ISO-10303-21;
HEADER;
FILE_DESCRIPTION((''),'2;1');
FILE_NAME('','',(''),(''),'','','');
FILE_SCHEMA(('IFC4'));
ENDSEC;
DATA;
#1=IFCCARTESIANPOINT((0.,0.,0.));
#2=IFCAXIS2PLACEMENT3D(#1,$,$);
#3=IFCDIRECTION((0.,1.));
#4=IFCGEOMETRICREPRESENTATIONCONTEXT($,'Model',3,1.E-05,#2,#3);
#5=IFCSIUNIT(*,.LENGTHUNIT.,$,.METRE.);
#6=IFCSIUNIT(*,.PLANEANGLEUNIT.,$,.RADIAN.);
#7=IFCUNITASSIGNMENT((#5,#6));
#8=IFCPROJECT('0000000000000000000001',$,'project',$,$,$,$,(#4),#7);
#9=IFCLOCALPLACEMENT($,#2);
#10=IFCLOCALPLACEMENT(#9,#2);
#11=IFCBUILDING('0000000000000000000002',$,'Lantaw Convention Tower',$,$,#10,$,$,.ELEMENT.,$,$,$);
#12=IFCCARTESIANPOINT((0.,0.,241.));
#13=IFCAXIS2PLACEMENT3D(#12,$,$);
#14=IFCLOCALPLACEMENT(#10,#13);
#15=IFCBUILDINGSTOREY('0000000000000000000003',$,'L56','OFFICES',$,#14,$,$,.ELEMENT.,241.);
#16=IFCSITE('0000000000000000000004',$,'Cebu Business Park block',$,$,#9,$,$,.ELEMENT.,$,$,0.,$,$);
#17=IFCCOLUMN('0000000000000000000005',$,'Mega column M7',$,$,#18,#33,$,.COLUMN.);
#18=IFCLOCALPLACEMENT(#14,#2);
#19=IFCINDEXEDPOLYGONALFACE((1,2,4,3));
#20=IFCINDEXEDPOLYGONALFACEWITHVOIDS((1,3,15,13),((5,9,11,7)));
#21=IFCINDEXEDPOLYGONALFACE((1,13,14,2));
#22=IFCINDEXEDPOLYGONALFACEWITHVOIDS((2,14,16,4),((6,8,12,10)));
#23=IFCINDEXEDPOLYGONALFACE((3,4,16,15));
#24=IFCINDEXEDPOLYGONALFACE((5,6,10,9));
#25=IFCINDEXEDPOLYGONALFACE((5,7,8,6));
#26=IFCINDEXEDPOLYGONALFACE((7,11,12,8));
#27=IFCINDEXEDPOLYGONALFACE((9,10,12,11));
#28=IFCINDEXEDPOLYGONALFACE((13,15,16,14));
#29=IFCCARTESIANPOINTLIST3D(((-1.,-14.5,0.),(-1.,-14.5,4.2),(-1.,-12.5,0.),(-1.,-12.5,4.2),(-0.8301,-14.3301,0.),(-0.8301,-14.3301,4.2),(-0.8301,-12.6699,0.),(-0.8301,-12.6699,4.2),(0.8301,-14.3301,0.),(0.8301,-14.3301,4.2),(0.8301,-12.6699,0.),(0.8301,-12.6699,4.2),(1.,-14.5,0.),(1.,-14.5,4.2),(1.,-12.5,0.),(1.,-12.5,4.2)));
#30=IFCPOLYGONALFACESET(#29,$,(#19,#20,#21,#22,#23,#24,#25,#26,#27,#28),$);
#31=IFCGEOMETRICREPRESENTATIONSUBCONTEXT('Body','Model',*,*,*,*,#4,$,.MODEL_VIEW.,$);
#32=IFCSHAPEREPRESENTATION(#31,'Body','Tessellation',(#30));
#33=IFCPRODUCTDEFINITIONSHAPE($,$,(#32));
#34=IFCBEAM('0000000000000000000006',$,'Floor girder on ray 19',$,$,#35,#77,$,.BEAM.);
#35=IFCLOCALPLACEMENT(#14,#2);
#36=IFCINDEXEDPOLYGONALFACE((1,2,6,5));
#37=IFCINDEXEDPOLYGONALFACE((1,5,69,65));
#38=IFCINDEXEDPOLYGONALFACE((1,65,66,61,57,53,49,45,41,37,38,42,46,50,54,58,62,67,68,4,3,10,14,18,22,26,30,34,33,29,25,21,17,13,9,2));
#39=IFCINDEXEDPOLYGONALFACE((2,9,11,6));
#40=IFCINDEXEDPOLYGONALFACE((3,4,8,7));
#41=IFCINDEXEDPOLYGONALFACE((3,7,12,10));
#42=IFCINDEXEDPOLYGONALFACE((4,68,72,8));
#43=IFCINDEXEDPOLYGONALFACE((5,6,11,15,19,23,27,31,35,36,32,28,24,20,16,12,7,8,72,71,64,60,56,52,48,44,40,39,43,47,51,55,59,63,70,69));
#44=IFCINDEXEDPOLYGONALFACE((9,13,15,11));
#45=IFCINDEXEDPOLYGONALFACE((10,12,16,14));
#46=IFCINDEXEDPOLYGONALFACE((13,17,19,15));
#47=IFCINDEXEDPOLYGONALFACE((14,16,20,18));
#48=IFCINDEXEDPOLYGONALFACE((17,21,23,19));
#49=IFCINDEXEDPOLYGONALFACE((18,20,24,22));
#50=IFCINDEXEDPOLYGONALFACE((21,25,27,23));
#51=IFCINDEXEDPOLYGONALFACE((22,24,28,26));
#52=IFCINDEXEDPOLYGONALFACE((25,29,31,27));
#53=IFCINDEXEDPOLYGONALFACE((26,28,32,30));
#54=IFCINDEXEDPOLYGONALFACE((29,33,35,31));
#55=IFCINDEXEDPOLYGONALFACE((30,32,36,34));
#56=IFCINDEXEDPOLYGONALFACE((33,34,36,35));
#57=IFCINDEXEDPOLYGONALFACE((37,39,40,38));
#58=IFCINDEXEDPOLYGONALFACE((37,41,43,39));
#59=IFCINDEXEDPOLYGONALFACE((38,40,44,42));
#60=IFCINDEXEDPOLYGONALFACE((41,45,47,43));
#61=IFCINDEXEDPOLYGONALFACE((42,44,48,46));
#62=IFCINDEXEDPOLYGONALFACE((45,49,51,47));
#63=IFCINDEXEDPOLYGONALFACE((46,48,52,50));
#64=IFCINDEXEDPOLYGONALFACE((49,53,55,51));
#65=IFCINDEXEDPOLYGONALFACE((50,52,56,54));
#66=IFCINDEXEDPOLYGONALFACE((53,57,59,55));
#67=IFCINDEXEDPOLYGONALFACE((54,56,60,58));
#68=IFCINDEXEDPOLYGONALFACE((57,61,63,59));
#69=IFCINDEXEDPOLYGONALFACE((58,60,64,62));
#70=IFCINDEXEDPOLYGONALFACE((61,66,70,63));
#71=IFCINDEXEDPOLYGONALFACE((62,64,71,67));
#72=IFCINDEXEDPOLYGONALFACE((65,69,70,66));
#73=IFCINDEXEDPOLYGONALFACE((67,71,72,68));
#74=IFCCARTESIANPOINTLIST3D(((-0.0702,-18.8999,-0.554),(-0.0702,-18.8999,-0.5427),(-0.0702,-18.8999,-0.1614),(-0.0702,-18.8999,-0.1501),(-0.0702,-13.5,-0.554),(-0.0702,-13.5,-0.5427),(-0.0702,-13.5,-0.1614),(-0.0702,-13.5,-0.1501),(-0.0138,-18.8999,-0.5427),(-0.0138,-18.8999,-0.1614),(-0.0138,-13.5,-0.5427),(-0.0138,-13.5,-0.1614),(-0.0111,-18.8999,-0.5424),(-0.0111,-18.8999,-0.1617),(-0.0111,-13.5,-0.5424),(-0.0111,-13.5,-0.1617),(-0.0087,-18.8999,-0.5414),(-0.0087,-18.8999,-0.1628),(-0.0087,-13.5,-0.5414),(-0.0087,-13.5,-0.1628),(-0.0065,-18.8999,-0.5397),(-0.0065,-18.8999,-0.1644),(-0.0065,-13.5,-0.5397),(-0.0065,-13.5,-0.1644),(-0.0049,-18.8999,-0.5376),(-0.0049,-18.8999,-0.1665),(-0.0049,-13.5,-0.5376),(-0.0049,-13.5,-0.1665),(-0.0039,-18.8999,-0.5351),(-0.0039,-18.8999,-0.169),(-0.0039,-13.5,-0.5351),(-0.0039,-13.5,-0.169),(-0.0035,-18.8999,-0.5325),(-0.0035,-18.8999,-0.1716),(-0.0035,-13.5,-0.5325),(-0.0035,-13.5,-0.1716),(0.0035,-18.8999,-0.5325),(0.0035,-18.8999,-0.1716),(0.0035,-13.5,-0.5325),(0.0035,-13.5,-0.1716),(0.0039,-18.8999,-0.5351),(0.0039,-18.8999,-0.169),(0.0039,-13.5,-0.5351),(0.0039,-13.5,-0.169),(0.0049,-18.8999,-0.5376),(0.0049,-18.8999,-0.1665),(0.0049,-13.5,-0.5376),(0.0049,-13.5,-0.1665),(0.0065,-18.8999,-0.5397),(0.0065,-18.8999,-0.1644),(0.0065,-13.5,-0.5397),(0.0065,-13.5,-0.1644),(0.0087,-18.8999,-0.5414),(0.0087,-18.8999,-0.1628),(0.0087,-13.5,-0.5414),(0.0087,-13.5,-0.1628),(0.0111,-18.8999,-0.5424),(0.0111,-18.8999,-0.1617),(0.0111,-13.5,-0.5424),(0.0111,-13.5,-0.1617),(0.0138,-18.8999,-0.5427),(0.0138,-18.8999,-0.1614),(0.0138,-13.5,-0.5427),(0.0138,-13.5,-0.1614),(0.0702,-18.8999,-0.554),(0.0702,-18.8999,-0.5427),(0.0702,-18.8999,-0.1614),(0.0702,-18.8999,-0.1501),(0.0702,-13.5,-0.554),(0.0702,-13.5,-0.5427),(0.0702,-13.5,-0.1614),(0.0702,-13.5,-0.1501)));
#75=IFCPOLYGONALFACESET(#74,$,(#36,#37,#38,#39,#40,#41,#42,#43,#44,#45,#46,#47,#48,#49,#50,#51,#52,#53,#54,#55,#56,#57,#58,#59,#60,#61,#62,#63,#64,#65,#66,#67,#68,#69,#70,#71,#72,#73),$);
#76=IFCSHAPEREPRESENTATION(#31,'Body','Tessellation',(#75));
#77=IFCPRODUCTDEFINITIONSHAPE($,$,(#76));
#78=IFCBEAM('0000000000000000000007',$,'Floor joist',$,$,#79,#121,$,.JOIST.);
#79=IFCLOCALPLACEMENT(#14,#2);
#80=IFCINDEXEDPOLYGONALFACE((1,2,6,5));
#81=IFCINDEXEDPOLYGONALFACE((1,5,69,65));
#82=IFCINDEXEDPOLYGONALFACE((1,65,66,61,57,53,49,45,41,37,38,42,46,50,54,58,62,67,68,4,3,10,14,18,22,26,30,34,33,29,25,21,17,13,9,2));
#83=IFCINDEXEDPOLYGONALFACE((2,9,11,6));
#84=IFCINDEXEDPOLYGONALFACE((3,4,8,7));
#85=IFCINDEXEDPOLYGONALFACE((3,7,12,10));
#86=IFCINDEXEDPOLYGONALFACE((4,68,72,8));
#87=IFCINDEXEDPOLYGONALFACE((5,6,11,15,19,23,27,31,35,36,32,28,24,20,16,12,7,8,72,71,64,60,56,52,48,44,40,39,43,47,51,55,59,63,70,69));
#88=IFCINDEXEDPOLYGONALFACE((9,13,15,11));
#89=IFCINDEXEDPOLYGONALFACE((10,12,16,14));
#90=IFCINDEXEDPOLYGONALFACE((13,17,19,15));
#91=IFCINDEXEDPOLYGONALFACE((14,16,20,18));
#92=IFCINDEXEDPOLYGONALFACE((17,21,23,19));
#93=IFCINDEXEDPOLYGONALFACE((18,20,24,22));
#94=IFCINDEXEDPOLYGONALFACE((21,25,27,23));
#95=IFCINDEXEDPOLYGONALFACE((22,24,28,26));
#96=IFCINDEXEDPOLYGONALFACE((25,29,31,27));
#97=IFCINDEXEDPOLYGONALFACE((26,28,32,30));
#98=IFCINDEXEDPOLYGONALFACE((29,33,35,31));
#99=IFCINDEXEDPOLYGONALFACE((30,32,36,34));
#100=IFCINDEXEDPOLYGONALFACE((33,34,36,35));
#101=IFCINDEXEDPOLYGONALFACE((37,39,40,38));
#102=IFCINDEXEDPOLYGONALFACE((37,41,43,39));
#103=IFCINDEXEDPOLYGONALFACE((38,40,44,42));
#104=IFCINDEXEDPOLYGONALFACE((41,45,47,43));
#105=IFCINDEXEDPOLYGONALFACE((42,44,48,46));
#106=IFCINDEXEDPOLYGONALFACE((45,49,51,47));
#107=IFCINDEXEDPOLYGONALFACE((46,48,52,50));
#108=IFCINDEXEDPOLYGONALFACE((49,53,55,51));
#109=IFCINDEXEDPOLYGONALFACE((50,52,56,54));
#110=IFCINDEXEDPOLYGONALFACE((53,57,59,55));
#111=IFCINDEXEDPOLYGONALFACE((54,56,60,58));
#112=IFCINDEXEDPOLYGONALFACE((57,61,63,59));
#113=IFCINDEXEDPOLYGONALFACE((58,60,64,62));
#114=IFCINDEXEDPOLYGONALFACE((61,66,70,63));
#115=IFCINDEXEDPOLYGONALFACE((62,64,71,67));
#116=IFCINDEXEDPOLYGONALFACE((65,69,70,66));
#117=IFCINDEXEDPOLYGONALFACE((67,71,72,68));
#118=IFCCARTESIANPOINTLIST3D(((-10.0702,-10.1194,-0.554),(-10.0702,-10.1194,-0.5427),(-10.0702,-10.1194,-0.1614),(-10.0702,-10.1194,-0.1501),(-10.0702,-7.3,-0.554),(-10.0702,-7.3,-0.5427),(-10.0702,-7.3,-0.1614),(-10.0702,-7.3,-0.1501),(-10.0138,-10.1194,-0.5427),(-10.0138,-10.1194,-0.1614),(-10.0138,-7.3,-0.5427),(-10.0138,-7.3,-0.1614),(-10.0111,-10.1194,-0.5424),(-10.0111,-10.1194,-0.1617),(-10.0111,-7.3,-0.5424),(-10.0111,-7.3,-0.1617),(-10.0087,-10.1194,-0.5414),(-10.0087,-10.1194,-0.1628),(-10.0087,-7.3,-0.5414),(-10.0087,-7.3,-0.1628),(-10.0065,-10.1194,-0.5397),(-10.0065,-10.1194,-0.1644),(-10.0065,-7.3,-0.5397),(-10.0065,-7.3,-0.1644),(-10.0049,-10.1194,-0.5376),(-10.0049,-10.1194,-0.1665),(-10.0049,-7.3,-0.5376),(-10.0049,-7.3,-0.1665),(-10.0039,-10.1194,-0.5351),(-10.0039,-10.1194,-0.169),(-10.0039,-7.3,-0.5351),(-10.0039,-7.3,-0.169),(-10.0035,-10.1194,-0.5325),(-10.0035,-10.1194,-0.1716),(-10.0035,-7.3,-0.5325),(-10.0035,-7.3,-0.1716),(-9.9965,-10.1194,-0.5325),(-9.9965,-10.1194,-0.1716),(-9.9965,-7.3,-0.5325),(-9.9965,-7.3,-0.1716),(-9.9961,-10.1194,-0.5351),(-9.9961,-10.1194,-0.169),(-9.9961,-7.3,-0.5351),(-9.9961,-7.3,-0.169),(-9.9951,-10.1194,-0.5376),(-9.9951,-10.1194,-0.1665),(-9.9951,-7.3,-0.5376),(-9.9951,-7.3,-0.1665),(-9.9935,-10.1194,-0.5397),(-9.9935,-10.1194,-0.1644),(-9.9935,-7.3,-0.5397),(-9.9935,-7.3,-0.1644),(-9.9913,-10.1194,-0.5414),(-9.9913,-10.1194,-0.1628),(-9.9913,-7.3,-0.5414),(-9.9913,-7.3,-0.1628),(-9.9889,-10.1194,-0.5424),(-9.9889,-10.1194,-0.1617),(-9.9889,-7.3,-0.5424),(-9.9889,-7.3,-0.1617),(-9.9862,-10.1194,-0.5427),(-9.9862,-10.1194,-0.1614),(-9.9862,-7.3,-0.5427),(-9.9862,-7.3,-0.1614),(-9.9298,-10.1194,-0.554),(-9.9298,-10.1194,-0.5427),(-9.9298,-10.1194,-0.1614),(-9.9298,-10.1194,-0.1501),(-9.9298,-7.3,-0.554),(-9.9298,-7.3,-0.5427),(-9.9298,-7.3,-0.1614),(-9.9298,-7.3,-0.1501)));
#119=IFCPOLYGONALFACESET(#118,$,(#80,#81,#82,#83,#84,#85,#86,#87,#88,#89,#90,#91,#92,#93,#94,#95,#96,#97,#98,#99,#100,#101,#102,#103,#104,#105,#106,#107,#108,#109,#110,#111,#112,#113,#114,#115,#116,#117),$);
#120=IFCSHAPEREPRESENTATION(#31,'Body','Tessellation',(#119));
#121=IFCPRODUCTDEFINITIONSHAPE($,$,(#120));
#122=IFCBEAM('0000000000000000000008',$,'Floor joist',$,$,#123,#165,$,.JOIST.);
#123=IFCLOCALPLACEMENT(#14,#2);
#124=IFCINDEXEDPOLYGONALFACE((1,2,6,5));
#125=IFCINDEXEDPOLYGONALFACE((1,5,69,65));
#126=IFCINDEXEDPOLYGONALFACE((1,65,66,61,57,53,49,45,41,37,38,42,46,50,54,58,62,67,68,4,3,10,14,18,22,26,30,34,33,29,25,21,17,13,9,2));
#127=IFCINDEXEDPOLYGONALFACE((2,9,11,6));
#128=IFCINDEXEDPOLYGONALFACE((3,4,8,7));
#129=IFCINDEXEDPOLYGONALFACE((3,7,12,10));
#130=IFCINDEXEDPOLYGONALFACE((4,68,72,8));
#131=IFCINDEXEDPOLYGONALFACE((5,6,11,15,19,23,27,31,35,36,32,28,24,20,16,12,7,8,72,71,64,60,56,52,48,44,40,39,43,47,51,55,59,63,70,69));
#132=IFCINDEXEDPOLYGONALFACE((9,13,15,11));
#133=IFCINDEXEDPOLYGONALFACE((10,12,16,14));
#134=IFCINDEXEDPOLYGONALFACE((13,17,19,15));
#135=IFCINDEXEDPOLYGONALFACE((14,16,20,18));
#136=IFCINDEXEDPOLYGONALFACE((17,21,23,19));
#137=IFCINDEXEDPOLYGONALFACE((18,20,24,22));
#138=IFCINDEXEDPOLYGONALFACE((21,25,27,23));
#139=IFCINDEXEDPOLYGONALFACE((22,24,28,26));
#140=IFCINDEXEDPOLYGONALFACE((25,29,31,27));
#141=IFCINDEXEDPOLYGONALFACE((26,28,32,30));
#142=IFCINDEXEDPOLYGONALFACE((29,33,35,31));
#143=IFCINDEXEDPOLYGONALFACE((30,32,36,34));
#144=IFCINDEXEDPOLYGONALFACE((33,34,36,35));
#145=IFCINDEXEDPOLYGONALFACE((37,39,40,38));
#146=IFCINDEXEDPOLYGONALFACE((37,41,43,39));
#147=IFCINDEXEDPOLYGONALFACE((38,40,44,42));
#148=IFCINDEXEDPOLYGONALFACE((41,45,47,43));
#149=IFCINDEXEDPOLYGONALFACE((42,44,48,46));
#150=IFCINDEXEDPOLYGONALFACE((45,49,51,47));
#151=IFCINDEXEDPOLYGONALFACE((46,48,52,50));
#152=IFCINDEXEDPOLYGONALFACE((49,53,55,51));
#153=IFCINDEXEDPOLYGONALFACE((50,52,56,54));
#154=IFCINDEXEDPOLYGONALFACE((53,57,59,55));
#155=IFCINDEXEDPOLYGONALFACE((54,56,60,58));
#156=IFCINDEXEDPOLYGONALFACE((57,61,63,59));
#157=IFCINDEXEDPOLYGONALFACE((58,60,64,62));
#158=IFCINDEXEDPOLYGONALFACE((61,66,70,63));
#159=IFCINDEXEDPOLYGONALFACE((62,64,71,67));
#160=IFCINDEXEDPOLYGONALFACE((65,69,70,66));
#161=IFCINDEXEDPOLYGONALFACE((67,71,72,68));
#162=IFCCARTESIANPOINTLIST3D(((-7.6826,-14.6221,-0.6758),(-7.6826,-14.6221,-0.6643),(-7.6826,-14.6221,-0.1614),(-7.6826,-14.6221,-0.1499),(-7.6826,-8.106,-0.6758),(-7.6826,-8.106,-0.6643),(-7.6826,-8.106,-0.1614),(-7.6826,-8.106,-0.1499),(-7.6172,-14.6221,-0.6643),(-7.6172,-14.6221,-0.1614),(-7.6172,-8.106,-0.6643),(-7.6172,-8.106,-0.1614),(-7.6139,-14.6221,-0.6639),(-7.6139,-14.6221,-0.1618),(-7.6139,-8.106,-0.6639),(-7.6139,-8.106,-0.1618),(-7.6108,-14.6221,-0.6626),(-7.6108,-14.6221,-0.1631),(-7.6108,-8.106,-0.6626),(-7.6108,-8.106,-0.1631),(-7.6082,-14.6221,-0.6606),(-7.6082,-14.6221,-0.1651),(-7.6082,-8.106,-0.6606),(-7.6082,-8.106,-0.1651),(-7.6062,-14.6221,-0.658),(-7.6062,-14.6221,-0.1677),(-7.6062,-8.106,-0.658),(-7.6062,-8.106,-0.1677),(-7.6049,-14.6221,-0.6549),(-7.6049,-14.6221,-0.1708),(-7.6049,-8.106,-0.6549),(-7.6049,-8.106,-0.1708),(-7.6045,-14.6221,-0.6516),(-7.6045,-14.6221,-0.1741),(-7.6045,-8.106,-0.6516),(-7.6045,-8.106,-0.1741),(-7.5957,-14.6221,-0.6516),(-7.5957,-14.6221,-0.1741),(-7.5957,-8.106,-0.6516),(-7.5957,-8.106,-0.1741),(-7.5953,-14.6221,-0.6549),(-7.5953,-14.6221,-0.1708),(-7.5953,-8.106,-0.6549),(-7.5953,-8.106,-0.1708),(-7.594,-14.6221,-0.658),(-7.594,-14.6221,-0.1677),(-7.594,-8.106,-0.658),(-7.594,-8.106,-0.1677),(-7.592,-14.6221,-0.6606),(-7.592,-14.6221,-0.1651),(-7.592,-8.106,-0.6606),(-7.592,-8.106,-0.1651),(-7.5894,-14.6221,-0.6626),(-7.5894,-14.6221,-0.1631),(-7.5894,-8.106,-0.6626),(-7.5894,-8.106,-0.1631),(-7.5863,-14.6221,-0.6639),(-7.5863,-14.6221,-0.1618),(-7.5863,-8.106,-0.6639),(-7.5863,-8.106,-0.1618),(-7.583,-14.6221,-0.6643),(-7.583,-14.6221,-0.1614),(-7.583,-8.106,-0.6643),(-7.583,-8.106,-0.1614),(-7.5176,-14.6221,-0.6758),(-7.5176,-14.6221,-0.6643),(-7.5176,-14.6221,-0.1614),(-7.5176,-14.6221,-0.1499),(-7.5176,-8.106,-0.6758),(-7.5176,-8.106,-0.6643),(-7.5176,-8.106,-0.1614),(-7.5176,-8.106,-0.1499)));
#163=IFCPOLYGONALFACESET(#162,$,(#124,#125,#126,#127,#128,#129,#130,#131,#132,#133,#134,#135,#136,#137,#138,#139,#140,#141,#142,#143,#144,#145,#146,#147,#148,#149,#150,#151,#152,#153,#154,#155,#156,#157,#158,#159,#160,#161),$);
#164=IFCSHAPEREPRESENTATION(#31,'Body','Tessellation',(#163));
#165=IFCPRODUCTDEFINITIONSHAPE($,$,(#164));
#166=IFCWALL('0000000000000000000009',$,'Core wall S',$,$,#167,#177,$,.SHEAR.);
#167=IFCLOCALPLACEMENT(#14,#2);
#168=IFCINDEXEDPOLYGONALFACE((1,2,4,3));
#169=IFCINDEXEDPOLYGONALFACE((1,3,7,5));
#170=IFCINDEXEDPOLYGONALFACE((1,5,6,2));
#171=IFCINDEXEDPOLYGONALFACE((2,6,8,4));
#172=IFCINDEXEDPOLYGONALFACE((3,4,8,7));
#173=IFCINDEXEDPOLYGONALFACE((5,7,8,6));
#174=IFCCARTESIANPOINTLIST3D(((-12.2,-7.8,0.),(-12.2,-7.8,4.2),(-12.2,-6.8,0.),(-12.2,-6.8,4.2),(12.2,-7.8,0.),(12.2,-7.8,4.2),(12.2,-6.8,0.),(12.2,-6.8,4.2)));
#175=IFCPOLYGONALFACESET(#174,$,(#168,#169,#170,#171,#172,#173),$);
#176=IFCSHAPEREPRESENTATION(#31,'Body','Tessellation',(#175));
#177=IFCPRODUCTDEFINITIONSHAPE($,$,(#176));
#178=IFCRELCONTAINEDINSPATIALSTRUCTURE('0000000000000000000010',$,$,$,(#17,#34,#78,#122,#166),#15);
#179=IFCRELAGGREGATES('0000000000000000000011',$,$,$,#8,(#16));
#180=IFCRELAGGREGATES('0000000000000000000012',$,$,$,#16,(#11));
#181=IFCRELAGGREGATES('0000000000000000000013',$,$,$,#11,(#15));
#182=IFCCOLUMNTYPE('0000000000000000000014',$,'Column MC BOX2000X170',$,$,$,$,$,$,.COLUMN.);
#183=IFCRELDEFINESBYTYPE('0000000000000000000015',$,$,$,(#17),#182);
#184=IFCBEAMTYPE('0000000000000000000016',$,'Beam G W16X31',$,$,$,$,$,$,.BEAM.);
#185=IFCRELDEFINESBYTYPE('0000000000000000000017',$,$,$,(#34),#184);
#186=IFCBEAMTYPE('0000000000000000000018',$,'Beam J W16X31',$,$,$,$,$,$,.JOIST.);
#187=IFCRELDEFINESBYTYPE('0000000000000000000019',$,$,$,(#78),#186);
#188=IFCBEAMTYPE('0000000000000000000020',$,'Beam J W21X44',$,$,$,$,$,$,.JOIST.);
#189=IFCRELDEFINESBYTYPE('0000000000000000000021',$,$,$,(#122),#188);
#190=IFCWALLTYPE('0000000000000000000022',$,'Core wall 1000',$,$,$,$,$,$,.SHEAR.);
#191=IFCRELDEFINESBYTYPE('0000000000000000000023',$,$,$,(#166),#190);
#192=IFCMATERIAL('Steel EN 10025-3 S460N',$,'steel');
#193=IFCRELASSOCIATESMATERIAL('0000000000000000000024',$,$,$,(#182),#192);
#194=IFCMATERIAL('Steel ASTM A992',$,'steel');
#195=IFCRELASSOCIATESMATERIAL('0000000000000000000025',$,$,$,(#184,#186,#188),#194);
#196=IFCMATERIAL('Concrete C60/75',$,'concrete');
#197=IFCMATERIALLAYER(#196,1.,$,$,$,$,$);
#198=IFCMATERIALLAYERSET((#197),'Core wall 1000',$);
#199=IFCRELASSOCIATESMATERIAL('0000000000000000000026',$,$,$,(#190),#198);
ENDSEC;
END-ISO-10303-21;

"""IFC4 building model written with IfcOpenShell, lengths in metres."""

from ifc_helpers import new_model, si_unit, direction, frame, frame_2d, origin, origin_2d, place, context, subcontext, project, spatial, rectangle, hollow_rectangle, i_section, extrude, material, layer, layer_set, material_profile, profile_set, type_object, element, save


model = new_model("IFC4")

# Units and contexts
model_context = context("Model", 3, precision=1e-05, world=origin(), true_north=direction((0.0, 1.0)))
body_context = subcontext(model_context, "Body", "Model", "MODEL_VIEW")
ifc_project = project(units=[si_unit("LENGTHUNIT", "METRE"), si_unit("PLANEANGLEUNIT", "RADIAN")], contexts=[model_context])

# Site, building, storey
site_placement = place(None, origin())
site = spatial("IfcSite", under=ifc_project, at=site_placement, Name="Cebu Business Park block", CompositionType="ELEMENT", RefElevation=0.0)
building_placement = place(site_placement, origin())
building = spatial("IfcBuilding", under=site, at=building_placement, Name="Lantaw Convention Tower", CompositionType="ELEMENT")
storey_placement = place(building_placement, frame((0.0, 0.0, 241.0)))
storey = spatial("IfcBuildingStorey", under=building, at=storey_placement, Name="L56", Description="OFFICES", CompositionType="ELEMENT", Elevation=241.0)

# Column
ifc_material_1 = material(Name="Steel EN 10025-3 S460N", Category="steel")
ifc_material_profile_1 = material_profile(ifc_material_1, hollow_rectangle(XDim=2.0, YDim=2.0, WallThickness=0.1699, at=origin_2d()), Name="BOX2000X170")
ifc_material_2 = material(Name="Concrete C60/75", Category="concrete")
ifc_material_profile_2 = material_profile(ifc_material_2, rectangle(XDim=1.6599, YDim=1.6599, at=origin_2d()), Name="Concrete fill of BOX2000X170")
ifc_profile_set_1 = profile_set([ifc_material_profile_1, ifc_material_profile_2], Name="Steel EN 10025-3 S460N")
column_type = type_object("IfcColumnType", Name="Column MC BOX2000X170", PredefinedType="COLUMN", material=ifc_profile_set_1)
column_placement = place(storey_placement, frame((0.0, -13.5, 0.0), z_axis=(0.0, 0.0, 1.0), x_axis=(1.0, 0.0, 0.0)))
element("IfcColumn", 1, at=column_placement, inside=storey, type_object=column_type, Name="Mega column M7", PredefinedType="COLUMN", context=body_context, shape_type="SweptSolid", body=[
    extrude(hollow_rectangle(XDim=2.0, YDim=2.0, WallThickness=0.1699, at=origin_2d()), origin(), (0.0, 0.0, 1.0), 4.2),
])

# Beams
ifc_material_3 = material(Name="Steel ASTM A992", Category="steel")
ifc_material_profile_3 = material_profile(ifc_material_3, i_section(OverallWidth=0.1404, OverallDepth=0.4038, WebThickness=0.0071, FlangeThickness=0.0112, FilletRadius=0.0103, at=origin_2d()), Name="W16X31")
ifc_profile_set_2 = profile_set([ifc_material_profile_3], Name="Steel ASTM A992")
beam_type_1 = type_object("IfcBeamType", Name="Beam G W16X31", PredefinedType="BEAM", material=ifc_profile_set_2)
beam_1_placement = place(storey_placement, frame((0.0, -13.5, -0.3521), z_axis=(0.0, -1.0, 0.0), x_axis=(1.0, 0.0, 0.0)))
element("IfcBeam", 2, at=beam_1_placement, inside=storey, type_object=beam_type_1, Name="Floor girder on ray 19", PredefinedType="BEAM", context=body_context, shape_type="SweptSolid", body=[
    extrude(i_section(OverallWidth=0.1404, OverallDepth=0.4038, WebThickness=0.0071, FlangeThickness=0.0112, FilletRadius=0.0103, at=origin_2d()), origin(), (0.0, 0.0, 1.0), 5.3999),
])
ifc_material_profile_4 = material_profile(ifc_material_3, i_section(OverallWidth=0.1404, OverallDepth=0.4038, WebThickness=0.0071, FlangeThickness=0.0112, FilletRadius=0.0103, at=origin_2d()), Name="W16X31")
ifc_profile_set_3 = profile_set([ifc_material_profile_4], Name="Steel ASTM A992")
beam_type_2 = type_object("IfcBeamType", Name="Beam J W16X31", PredefinedType="JOIST", material=ifc_profile_set_3)
beam_2_placement = place(storey_placement, frame((-10.0, -10.1194, -0.3521), z_axis=(0.0, 1.0, 0.0), x_axis=(-1.0, 0.0, 0.0)))
element("IfcBeam", 3, at=beam_2_placement, inside=storey, type_object=beam_type_2, Name="Floor joist", PredefinedType="JOIST", context=body_context, shape_type="SweptSolid", body=[
    extrude(i_section(OverallWidth=0.1404, OverallDepth=0.4038, WebThickness=0.0071, FlangeThickness=0.0112, FilletRadius=0.0103, at=origin_2d()), origin(), (0.0, 0.0, 1.0), 2.8193),
])
ifc_material_profile_5 = material_profile(ifc_material_3, i_section(OverallWidth=0.165, OverallDepth=0.5259, WebThickness=0.0088, FlangeThickness=0.0115, FilletRadius=0.0127, at=origin_2d()), Name="W21X44")
ifc_profile_set_4 = profile_set([ifc_material_profile_5], Name="Steel ASTM A992")
beam_type_3 = type_object("IfcBeamType", Name="Beam J W21X44", PredefinedType="JOIST", material=ifc_profile_set_4)
beam_3_placement = place(storey_placement, frame((-7.6001, -14.6221, -0.4128), z_axis=(0.0, 1.0, 0.0), x_axis=(-1.0, 0.0, 0.0)))
element("IfcBeam", 4, at=beam_3_placement, inside=storey, type_object=beam_type_3, Name="Floor joist", PredefinedType="JOIST", context=body_context, shape_type="SweptSolid", body=[
    extrude(i_section(OverallWidth=0.165, OverallDepth=0.5259, WebThickness=0.0088, FlangeThickness=0.0115, FilletRadius=0.0127, at=origin_2d()), origin(), (0.0, 0.0, 1.0), 6.5161),
])

# Wall
ifc_layer_1 = layer(ifc_material_2, 1.0)
ifc_layer_set_1 = layer_set([ifc_layer_1], Name="Core wall 1000")
wall_type_1 = type_object("IfcWallType", Name="Core wall 1000", PredefinedType="SHEAR", material=ifc_layer_set_1)
wall_1_placement = place(storey_placement, frame((-12.2, -7.3, 0.0), z_axis=(0.0, 0.0, 1.0), x_axis=(1.0, 0.0, 0.0)))
element("IfcWall", 5, at=wall_1_placement, inside=storey, type_object=wall_type_1, Name="Core wall S", PredefinedType="SHEAR", context=body_context, shape_type="SweptSolid", body=[
    extrude(rectangle(XDim=24.3999, YDim=1.0, at=frame_2d((12.2, 0.0))), origin(), (0.0, 0.0, 1.0), 4.2),
])

save(model, "model.ifc")
